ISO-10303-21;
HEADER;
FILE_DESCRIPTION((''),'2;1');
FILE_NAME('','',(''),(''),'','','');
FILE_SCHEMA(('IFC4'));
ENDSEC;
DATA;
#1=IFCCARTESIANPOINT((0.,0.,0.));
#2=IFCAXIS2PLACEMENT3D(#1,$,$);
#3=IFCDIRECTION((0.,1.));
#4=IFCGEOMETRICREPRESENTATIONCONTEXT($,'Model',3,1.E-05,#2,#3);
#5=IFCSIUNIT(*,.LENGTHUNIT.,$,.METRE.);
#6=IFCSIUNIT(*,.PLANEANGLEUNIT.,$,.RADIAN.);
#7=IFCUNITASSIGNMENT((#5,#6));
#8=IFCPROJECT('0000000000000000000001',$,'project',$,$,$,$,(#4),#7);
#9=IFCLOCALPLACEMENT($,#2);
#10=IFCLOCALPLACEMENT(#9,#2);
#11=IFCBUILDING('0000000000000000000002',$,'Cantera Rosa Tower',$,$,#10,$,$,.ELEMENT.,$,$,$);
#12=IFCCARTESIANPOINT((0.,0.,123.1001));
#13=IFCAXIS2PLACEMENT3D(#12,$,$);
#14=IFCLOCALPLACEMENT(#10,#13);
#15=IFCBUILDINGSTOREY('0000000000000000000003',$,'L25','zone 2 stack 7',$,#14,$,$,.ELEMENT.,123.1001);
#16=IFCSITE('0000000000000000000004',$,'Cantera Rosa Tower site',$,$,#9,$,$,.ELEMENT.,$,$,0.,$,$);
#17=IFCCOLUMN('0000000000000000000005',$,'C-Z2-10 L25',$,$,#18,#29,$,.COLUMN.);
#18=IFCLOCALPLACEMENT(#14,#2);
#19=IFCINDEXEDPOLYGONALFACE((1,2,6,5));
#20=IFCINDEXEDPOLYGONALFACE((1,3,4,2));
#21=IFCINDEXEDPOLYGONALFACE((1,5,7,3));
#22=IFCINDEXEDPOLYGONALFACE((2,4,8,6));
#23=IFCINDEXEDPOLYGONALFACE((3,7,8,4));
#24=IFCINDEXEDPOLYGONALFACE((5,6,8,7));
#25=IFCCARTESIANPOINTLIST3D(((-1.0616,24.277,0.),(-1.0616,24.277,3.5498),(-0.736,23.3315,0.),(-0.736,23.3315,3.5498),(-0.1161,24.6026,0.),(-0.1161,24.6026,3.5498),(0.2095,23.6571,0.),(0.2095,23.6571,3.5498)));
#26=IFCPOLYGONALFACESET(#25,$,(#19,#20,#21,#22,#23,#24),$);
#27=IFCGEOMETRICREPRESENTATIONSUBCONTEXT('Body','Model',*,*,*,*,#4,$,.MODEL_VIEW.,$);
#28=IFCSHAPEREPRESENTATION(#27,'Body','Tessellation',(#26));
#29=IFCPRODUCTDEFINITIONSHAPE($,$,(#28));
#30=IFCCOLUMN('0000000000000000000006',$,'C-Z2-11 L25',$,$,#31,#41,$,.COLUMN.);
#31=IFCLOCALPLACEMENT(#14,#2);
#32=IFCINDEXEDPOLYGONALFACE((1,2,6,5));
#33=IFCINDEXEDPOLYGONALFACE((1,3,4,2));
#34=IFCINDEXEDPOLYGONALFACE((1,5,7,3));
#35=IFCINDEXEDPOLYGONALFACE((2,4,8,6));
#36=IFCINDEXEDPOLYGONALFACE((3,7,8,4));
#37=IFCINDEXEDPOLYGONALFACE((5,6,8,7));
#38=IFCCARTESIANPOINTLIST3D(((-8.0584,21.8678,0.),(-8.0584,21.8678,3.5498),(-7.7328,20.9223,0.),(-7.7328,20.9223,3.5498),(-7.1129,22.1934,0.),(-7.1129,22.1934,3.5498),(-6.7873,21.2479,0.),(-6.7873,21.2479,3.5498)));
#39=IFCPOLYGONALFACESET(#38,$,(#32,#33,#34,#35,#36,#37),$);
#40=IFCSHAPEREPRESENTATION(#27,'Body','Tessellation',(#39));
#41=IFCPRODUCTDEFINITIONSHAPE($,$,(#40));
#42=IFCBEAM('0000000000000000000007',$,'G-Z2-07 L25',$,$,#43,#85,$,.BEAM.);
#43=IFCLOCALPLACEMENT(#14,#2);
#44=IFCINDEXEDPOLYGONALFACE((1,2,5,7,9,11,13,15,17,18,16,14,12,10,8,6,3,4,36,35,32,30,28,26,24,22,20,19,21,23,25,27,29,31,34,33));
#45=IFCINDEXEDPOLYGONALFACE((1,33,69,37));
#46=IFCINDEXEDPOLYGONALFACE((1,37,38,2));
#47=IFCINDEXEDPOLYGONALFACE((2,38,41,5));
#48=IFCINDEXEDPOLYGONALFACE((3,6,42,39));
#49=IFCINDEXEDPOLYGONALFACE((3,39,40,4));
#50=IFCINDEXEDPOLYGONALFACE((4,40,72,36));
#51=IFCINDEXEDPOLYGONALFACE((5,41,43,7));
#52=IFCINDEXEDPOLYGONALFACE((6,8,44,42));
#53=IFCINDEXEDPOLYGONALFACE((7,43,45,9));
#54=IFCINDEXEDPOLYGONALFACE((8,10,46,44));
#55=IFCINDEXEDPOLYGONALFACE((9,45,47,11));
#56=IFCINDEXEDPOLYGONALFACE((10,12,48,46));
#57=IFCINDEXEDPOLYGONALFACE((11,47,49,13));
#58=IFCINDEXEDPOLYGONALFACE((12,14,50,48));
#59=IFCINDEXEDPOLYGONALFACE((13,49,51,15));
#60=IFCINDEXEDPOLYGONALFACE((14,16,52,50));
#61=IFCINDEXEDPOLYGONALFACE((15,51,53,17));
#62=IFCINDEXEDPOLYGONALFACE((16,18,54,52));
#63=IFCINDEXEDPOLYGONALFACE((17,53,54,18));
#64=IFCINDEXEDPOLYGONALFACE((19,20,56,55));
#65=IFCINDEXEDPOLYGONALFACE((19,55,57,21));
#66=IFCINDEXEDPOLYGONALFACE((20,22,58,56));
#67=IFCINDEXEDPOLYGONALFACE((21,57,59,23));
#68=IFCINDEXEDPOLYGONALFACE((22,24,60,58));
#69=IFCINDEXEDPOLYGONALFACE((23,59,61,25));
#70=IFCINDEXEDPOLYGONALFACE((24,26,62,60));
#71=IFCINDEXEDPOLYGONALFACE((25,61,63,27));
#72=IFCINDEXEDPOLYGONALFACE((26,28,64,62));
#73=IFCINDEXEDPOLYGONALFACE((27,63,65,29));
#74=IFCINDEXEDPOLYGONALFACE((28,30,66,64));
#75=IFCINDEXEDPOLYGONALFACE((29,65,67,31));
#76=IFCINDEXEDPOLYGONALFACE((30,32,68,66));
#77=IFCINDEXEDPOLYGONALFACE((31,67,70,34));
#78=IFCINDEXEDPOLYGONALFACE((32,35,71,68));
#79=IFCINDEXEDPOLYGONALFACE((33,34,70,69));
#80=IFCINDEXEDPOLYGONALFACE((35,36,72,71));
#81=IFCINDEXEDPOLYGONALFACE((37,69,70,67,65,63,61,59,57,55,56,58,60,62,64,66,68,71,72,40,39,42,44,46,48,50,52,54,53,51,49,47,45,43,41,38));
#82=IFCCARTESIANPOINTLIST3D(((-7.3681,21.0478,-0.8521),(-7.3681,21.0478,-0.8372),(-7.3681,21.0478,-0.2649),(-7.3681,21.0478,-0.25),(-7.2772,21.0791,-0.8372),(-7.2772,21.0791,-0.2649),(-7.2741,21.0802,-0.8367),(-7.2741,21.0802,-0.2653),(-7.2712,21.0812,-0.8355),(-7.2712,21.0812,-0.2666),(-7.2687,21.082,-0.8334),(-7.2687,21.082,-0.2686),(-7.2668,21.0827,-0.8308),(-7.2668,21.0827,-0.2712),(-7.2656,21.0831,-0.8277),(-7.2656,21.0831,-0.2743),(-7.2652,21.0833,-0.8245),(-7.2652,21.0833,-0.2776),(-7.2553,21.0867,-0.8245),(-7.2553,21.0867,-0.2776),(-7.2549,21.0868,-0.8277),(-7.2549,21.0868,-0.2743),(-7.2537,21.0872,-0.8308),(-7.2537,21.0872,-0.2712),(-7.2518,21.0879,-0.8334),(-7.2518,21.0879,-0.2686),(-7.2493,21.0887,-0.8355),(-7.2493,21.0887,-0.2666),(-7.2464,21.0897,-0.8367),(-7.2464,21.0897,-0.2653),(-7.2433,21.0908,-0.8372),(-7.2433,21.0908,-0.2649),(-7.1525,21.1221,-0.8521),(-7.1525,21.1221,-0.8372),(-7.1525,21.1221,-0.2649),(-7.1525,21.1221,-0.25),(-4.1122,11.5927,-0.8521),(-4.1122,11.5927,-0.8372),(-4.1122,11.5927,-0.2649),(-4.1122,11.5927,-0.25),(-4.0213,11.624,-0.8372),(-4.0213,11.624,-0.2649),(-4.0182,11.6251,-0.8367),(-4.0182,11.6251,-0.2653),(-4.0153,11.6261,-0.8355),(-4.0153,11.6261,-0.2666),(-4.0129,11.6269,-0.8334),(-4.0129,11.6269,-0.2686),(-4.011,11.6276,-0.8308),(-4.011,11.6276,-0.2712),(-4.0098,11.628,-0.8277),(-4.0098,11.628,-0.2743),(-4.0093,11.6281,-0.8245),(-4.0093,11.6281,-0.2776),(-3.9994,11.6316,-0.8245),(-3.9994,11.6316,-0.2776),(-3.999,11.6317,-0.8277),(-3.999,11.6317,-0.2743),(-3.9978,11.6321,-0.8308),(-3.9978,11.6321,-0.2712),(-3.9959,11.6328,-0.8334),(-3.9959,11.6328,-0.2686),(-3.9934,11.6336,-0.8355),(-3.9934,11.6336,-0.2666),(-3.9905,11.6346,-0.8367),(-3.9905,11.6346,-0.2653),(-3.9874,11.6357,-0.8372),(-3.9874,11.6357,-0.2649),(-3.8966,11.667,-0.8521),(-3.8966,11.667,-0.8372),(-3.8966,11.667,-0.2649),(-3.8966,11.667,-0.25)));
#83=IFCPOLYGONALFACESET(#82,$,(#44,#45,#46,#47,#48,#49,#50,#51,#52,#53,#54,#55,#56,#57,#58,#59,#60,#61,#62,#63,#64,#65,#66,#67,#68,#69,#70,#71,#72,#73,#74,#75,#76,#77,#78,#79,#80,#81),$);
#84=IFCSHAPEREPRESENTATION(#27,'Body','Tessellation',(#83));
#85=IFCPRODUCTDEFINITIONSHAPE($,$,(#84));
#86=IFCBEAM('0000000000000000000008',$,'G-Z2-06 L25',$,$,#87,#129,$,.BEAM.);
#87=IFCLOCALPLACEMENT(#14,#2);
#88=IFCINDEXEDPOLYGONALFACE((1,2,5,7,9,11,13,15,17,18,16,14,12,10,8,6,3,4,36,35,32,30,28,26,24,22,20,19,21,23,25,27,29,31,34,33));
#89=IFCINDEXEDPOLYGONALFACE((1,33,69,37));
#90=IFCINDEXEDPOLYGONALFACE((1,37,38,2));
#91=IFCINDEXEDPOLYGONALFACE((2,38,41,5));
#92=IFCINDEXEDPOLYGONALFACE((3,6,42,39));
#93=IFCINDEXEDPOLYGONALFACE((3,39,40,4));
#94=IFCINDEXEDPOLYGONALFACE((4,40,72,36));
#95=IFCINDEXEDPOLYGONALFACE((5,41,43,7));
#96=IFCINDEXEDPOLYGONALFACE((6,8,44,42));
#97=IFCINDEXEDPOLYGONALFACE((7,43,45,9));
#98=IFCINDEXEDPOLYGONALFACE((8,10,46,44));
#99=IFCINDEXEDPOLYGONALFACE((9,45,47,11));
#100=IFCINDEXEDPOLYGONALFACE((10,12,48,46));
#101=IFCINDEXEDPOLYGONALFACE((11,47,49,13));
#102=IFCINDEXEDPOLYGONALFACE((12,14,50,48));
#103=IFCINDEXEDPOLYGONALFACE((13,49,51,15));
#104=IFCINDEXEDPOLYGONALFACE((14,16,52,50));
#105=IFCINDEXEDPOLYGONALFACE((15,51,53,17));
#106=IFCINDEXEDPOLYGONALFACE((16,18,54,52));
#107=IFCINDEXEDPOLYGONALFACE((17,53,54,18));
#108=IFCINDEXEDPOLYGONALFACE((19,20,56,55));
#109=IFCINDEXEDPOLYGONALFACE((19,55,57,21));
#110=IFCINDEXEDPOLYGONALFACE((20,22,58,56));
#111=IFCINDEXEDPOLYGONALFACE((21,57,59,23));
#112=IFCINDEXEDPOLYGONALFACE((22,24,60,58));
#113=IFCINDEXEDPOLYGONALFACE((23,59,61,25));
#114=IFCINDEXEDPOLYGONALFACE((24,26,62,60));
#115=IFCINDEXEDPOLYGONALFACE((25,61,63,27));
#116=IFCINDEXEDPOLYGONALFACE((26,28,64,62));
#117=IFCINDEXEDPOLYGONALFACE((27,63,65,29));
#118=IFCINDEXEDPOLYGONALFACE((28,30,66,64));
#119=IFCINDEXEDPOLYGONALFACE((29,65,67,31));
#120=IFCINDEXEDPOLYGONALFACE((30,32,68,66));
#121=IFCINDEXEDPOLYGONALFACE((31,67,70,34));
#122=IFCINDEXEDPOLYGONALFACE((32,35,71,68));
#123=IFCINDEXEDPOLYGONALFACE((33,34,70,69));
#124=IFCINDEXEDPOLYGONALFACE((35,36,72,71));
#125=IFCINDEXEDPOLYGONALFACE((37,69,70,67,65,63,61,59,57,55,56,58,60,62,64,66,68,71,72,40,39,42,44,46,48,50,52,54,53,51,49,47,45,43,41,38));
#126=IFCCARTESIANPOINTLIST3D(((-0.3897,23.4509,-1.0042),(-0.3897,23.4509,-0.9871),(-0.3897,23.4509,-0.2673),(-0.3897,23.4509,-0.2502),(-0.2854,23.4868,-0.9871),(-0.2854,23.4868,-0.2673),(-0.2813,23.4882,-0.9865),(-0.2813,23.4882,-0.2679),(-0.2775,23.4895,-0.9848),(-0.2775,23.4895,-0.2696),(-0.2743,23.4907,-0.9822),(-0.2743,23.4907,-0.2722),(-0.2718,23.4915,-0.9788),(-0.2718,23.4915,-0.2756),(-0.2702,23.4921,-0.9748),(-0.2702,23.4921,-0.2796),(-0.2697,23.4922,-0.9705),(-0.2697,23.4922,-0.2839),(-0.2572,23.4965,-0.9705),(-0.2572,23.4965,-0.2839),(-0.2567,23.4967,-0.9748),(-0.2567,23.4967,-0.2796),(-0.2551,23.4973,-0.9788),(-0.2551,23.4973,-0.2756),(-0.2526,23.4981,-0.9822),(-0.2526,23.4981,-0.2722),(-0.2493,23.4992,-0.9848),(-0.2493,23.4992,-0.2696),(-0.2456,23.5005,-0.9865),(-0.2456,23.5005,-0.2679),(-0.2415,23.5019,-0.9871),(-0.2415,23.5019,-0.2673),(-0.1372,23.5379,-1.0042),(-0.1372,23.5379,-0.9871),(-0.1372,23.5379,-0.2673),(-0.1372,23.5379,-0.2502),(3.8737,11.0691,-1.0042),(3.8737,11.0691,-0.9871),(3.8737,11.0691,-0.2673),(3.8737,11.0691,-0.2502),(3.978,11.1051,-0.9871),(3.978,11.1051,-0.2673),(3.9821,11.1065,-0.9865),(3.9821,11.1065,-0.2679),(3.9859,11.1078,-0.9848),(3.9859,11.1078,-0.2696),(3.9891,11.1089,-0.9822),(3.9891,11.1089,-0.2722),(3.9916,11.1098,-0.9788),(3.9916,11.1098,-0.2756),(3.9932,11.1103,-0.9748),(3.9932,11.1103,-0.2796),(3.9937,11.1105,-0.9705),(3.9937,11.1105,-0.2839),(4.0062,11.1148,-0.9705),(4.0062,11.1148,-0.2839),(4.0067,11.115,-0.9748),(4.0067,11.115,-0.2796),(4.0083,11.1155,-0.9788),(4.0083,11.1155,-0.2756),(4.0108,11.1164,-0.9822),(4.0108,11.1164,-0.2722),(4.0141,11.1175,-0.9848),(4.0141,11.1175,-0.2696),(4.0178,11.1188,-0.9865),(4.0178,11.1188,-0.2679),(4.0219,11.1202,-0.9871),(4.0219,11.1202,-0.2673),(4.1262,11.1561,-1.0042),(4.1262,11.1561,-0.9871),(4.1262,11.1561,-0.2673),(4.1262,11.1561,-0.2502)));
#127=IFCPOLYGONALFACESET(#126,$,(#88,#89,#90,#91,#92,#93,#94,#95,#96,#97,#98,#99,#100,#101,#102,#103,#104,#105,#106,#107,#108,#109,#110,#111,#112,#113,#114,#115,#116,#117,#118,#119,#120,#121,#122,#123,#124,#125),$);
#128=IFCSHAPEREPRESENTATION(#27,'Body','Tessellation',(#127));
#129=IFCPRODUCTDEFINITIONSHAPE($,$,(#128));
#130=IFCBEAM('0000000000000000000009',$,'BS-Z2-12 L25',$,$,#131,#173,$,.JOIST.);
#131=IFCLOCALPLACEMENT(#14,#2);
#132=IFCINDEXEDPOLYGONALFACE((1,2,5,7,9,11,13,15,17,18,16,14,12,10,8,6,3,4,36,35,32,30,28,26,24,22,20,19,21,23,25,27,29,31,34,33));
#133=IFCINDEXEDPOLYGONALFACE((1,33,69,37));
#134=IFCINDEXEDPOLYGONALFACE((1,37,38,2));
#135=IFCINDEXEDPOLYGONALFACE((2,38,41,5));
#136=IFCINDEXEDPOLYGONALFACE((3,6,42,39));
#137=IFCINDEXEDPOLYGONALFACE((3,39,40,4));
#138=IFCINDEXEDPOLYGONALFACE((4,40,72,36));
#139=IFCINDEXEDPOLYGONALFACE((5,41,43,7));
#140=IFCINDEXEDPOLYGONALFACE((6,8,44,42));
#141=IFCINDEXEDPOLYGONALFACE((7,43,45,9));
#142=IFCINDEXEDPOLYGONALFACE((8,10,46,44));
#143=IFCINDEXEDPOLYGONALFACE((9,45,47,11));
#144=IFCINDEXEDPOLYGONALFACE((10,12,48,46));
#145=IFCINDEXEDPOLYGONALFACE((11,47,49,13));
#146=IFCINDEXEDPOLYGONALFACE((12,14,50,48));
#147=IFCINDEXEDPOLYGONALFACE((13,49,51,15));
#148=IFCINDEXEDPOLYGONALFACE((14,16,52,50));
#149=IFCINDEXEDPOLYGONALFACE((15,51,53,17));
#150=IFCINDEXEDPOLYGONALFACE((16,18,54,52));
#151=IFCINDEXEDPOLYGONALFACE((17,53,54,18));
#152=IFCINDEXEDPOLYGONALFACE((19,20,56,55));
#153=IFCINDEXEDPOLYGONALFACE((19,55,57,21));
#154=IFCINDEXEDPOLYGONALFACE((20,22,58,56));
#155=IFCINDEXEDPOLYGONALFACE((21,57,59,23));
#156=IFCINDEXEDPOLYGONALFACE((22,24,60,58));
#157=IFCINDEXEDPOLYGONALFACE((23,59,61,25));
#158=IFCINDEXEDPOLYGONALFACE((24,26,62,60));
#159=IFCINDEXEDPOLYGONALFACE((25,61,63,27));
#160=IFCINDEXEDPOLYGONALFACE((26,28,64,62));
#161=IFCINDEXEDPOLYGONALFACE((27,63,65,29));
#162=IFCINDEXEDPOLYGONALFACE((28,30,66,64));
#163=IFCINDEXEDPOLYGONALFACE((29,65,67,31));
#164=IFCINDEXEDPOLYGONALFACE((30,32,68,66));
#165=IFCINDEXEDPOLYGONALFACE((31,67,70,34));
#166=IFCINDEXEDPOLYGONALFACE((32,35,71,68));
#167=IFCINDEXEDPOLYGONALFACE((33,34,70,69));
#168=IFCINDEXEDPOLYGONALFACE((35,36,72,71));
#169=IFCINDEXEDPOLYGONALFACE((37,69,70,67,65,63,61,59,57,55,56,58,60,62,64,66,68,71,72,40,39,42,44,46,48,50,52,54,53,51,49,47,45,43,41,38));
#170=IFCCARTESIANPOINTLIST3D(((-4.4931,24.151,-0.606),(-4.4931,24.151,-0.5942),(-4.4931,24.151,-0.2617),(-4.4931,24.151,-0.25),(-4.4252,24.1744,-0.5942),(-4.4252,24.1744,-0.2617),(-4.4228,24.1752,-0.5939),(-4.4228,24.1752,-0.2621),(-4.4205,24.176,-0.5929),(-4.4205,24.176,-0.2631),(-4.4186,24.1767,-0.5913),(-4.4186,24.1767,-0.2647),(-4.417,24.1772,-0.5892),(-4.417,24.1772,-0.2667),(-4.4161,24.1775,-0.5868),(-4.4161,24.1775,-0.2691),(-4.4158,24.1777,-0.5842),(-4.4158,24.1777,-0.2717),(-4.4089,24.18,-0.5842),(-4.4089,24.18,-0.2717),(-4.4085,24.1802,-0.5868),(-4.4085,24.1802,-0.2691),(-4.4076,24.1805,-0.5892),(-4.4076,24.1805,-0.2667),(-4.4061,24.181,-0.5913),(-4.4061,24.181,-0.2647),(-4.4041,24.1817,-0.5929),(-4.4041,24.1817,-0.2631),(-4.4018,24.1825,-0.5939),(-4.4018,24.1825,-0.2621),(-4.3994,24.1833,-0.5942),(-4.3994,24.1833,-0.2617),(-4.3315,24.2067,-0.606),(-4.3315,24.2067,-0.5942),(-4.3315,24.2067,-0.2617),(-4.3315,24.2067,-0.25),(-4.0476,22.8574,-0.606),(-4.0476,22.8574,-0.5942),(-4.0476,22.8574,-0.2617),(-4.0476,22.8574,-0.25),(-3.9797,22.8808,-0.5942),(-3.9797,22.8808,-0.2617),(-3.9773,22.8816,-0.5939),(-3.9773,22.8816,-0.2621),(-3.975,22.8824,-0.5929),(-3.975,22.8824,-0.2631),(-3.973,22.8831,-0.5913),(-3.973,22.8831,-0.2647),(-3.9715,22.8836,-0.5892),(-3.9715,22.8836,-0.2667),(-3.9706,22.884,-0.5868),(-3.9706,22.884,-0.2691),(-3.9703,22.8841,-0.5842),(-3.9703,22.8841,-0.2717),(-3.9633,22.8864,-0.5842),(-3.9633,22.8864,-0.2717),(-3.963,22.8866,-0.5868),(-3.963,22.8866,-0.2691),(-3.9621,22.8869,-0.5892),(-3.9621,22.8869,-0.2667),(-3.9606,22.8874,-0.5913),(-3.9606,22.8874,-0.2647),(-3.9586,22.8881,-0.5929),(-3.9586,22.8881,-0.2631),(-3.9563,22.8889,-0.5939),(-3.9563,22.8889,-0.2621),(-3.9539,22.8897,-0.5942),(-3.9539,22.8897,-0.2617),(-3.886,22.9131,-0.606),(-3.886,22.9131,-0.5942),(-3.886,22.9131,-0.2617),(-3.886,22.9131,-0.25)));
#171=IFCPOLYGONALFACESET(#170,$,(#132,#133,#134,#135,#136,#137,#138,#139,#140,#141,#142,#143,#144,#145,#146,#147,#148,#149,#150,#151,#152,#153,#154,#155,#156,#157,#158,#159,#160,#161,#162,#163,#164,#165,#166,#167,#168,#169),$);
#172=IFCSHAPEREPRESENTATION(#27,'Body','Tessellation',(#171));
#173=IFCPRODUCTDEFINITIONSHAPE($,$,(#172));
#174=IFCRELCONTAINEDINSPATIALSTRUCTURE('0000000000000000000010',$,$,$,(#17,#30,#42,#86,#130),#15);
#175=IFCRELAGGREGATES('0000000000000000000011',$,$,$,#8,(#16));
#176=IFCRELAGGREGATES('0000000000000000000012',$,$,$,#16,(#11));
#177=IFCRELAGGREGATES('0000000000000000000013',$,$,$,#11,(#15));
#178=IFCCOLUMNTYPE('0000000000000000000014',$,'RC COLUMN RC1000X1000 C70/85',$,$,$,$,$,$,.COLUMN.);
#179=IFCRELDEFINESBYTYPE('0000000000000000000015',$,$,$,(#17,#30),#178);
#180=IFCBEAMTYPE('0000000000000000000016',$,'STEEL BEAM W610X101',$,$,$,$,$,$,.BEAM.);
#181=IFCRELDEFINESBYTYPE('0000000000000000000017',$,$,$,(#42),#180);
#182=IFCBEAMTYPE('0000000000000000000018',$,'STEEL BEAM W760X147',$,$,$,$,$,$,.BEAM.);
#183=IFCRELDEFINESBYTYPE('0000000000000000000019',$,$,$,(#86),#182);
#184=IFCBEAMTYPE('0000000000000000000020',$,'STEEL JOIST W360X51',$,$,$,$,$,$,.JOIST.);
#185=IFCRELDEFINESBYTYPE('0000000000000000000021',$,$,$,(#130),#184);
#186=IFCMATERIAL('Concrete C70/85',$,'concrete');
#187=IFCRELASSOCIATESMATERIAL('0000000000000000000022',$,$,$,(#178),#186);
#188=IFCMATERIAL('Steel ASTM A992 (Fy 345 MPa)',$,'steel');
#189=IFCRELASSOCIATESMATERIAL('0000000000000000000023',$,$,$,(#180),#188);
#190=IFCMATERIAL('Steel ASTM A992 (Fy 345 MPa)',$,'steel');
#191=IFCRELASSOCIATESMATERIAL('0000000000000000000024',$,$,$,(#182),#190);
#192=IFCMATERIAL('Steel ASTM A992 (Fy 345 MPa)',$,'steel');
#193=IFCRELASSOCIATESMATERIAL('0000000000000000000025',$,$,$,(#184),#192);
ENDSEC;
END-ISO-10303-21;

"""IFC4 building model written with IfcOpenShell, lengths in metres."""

from ifc_helpers import new_model, si_unit, direction, frame, origin, origin_2d, place, context, subcontext, project, spatial, rectangle, i_section, extrude, material, material_profile, profile_set, type_object, element, save


model = new_model("IFC4")

# Units and contexts
model_context = context("Model", 3, precision=1e-05, world=origin(), true_north=direction((0.0, 1.0)))
body_context = subcontext(model_context, "Body", "Model", "MODEL_VIEW")
ifc_project = project(units=[si_unit("LENGTHUNIT", "METRE"), si_unit("PLANEANGLEUNIT", "RADIAN")], contexts=[model_context])

# Site, building, storey
site_placement = place(None, origin())
site = spatial("IfcSite", under=ifc_project, at=site_placement, Name="Cantera Rosa Tower site", CompositionType="ELEMENT", RefElevation=0.0)
building_placement = place(site_placement, origin())
building = spatial("IfcBuilding", under=site, at=building_placement, Name="Cantera Rosa Tower", CompositionType="ELEMENT")
storey_placement = place(building_placement, frame((0.0, 0.0, 123.1001)))
storey = spatial("IfcBuildingStorey", under=building, at=storey_placement, Name="L25", Description="zone 2 stack 7", CompositionType="ELEMENT", Elevation=123.1001)

# Columns
ifc_material_1 = material(Name="Concrete C70/85", Category="concrete")
ifc_material_profile_1 = material_profile(ifc_material_1, rectangle(XDim=1.0, YDim=1.0, at=origin_2d()), Name="RC COLUMN RC1000X1000 C70/85")
ifc_profile_set_1 = profile_set([ifc_material_profile_1], Name="Concrete C70/85")
column_type = type_object("IfcColumnType", Name="RC COLUMN RC1000X1000 C70/85", PredefinedType="COLUMN", material=ifc_profile_set_1)
for number, where, z_axis, x_axis, name in (
    (1, (-0.426, 23.967, 0.0), (0.0, 0.0, 1.0), (0.945519, 0.325568, 0.0), "C-Z2-10 L25"),
    (2, (-7.4229, 21.5579, 0.0), (0.0, 0.0, 1.0), (0.945519, 0.325568, 0.0), "C-Z2-11 L25"),
):
    element("IfcColumn", number, at=place(storey_placement, frame(where, z_axis=z_axis, x_axis=x_axis)), inside=storey, type_object=column_type, Name=name, PredefinedType="COLUMN", context=body_context, shape_type="SweptSolid", body=[
        extrude(rectangle(XDim=1.0, YDim=1.0, at=origin_2d()), origin(), (0.0, 0.0, 1.0), 3.5498),
    ])

# Beams
ifc_material_2 = material(Name="Steel ASTM A992 (Fy 345 MPa)", Category="steel")
ifc_material_profile_2 = material_profile(ifc_material_2, i_section(OverallWidth=0.228, OverallDepth=0.6021, WebThickness=0.0105, FlangeThickness=0.0149, FilletRadius=0.0127, at=origin_2d()), Name="W610X101")
ifc_profile_set_2 = profile_set([ifc_material_profile_2], Name="Steel ASTM A992 (Fy 345 MPa)")
beam_type_1 = type_object("IfcBeamType", Name="STEEL BEAM W610X101", PredefinedType="BEAM", material=ifc_profile_set_2)
beam_1_placement = place(storey_placement, frame((-7.2603, 21.085, -0.551), z_axis=(0.325587, -0.945512, 0.0), x_axis=(0.945512, 0.325587, 0.0)))
element("IfcBeam", 3, at=beam_1_placement, inside=storey, type_object=beam_type_1, Name="G-Z2-07 L25", PredefinedType="BEAM", context=body_context, shape_type="SweptSolid", body=[
    extrude(i_section(OverallWidth=0.228, OverallDepth=0.6021, WebThickness=0.0105, FlangeThickness=0.0149, FilletRadius=0.0127, at=origin_2d()), origin(), (0.0, 0.0, 1.0), 10.0),
])
ifc_material_3 = material(Name="Steel ASTM A992 (Fy 345 MPa)", Category="steel")
ifc_material_profile_3 = material_profile(ifc_material_3, i_section(OverallWidth=0.2671, OverallDepth=0.7539, WebThickness=0.0132, FlangeThickness=0.0171, FilletRadius=0.0166, at=origin_2d()), Name="W760X147")
ifc_profile_set_3 = profile_set([ifc_material_profile_3], Name="Steel ASTM A992 (Fy 345 MPa)")
beam_type_2 = type_object("IfcBeamType", Name="STEEL BEAM W760X147", PredefinedType="BEAM", material=ifc_profile_set_3)
beam_2_placement = place(storey_placement, frame((-0.2634, 23.4944, -0.6272), z_axis=(0.32557, -0.945518, 0.0), x_axis=(0.945518, 0.32557, 0.0)))
element("IfcBeam", 4, at=beam_2_placement, inside=storey, type_object=beam_type_2, Name="G-Z2-06 L25", PredefinedType="BEAM", context=body_context, shape_type="SweptSolid", body=[
    extrude(i_section(OverallWidth=0.2671, OverallDepth=0.7539, WebThickness=0.0132, FlangeThickness=0.0171, FilletRadius=0.0166, at=origin_2d()), origin(), (0.0, 0.0, 1.0), 13.0952),
])
ifc_material_4 = material(Name="Steel ASTM A992 (Fy 345 MPa)", Category="steel")
ifc_material_profile_4 = material_profile(ifc_material_4, i_section(OverallWidth=0.1709, OverallDepth=0.356, WebThickness=0.0073, FlangeThickness=0.0117, FilletRadius=0.01, at=origin_2d()), Name="W360X51")
ifc_profile_set_4 = profile_set([ifc_material_profile_4], Name="Steel ASTM A992 (Fy 345 MPa)")
beam_type_3 = type_object("IfcBeamType", Name="STEEL JOIST W360X51", PredefinedType="JOIST", material=ifc_profile_set_4)
beam_3_placement = place(storey_placement, frame((-3.9668, 22.8853, -0.428), z_axis=(-0.325633, 0.945496, 0.0), x_axis=(-0.945496, -0.325633, 0.0)))
element("IfcBeam", 5, at=beam_3_placement, inside=storey, type_object=beam_type_3, Name="BS-Z2-12 L25", PredefinedType="JOIST", context=body_context, shape_type="SweptSolid", body=[
    extrude(i_section(OverallWidth=0.1709, OverallDepth=0.356, WebThickness=0.0073, FlangeThickness=0.0117, FilletRadius=0.01, at=origin_2d()), origin(), (0.0, 0.0, 1.0), 1.3682),
])

save(model, "model.ifc")
